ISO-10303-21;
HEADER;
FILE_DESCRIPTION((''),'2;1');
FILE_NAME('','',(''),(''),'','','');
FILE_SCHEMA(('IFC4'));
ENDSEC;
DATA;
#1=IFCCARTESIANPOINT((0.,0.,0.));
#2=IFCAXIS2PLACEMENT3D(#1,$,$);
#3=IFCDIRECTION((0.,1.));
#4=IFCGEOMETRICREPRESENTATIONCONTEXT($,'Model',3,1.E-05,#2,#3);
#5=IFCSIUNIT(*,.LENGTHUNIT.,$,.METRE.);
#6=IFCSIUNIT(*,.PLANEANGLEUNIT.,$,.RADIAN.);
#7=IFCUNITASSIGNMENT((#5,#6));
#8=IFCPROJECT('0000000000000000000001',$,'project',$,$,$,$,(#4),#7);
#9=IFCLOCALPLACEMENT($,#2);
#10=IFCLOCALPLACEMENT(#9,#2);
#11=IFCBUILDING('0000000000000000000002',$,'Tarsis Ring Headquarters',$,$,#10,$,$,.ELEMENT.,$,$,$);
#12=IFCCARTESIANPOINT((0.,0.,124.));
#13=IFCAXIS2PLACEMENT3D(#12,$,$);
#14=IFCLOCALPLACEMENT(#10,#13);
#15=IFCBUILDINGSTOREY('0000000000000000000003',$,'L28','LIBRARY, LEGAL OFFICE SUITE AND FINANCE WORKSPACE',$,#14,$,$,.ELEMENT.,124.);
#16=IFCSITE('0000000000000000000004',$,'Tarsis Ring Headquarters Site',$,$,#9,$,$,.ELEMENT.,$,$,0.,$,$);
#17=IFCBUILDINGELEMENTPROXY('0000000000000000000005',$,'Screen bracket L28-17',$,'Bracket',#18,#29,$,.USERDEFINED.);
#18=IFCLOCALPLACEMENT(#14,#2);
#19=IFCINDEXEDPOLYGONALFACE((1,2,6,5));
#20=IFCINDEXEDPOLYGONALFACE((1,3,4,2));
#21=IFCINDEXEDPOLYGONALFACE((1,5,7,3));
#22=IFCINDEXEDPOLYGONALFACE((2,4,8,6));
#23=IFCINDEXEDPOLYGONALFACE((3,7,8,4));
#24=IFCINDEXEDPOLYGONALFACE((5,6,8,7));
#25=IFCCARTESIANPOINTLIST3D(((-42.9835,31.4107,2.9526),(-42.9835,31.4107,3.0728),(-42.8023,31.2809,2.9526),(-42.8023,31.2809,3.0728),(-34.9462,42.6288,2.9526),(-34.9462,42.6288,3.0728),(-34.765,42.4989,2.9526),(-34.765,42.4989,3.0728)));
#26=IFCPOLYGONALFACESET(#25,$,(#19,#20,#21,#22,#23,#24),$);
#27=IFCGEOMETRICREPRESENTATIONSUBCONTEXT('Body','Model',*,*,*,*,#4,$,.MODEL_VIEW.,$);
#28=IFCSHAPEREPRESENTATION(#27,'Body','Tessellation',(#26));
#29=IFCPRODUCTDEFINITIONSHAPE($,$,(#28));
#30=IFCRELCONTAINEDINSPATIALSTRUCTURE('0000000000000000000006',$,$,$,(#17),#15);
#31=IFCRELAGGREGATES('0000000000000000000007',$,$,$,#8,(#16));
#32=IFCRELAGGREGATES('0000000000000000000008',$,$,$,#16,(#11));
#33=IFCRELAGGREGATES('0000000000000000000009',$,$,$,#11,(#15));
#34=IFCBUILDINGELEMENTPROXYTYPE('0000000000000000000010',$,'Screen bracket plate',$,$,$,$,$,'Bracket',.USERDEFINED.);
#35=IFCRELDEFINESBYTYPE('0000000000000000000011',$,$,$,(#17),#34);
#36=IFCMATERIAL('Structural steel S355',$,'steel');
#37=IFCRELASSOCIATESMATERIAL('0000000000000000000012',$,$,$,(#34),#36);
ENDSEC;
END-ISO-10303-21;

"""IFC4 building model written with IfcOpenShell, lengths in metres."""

from ifc_helpers import new_model, si_unit, direction, frame, origin, origin_2d, place, context, subcontext, project, spatial, rectangle, extrude, material, type_object, element, save


model = new_model("IFC4")

# Units and contexts
model_context = context("Model", 3, precision=1e-05, world=origin(), true_north=direction((0.0, 1.0)))
body_context = subcontext(model_context, "Body", "Model", "MODEL_VIEW")
ifc_project = project(units=[si_unit("LENGTHUNIT", "METRE"), si_unit("PLANEANGLEUNIT", "RADIAN")], contexts=[model_context])

# Site, building, storey
site_placement = place(None, origin())
site = spatial("IfcSite", under=ifc_project, at=site_placement, Name="Tarsis Ring Headquarters Site", CompositionType="ELEMENT", RefElevation=0.0)
building_placement = place(site_placement, origin())
building = spatial("IfcBuilding", under=site, at=building_placement, Name="Tarsis Ring Headquarters", CompositionType="ELEMENT")
storey_placement = place(building_placement, frame((0.0, 0.0, 124.0)))
storey = spatial("IfcBuildingStorey", under=building, at=storey_placement, Name="L28", Description="LIBRARY, LEGAL OFFICE SUITE AND FINANCE WORKSPACE", CompositionType="ELEMENT", Elevation=124.0)

# Shared definitions
ifc_material_1 = material(Name="Structural steel S355", Category="steel")

# Building element proxy
building_element_proxy_type = type_object("IfcBuildingElementProxyType", Name="Screen bracket plate", ElementType="Bracket", PredefinedType="USERDEFINED", material=ifc_material_1)
proxy_placement = place(storey_placement, frame((-38.8743, 36.9548, 2.9526), z_axis=(0.0, 0.0, 1.0), x_axis=(-0.582407, -0.812898, 0.0)))
element("IfcBuildingElementProxy", 1, at=proxy_placement, inside=storey, type_object=building_element_proxy_type, Name="Screen bracket L28-17", ObjectType="Bracket", PredefinedType="USERDEFINED", context=body_context, shape_type="SweptSolid", body=[
    extrude(rectangle(XDim=13.8, YDim=0.2229, at=origin_2d()), origin(), (0.0, 0.0, 1.0), 0.1201),
])

save(model, "model.ifc")
